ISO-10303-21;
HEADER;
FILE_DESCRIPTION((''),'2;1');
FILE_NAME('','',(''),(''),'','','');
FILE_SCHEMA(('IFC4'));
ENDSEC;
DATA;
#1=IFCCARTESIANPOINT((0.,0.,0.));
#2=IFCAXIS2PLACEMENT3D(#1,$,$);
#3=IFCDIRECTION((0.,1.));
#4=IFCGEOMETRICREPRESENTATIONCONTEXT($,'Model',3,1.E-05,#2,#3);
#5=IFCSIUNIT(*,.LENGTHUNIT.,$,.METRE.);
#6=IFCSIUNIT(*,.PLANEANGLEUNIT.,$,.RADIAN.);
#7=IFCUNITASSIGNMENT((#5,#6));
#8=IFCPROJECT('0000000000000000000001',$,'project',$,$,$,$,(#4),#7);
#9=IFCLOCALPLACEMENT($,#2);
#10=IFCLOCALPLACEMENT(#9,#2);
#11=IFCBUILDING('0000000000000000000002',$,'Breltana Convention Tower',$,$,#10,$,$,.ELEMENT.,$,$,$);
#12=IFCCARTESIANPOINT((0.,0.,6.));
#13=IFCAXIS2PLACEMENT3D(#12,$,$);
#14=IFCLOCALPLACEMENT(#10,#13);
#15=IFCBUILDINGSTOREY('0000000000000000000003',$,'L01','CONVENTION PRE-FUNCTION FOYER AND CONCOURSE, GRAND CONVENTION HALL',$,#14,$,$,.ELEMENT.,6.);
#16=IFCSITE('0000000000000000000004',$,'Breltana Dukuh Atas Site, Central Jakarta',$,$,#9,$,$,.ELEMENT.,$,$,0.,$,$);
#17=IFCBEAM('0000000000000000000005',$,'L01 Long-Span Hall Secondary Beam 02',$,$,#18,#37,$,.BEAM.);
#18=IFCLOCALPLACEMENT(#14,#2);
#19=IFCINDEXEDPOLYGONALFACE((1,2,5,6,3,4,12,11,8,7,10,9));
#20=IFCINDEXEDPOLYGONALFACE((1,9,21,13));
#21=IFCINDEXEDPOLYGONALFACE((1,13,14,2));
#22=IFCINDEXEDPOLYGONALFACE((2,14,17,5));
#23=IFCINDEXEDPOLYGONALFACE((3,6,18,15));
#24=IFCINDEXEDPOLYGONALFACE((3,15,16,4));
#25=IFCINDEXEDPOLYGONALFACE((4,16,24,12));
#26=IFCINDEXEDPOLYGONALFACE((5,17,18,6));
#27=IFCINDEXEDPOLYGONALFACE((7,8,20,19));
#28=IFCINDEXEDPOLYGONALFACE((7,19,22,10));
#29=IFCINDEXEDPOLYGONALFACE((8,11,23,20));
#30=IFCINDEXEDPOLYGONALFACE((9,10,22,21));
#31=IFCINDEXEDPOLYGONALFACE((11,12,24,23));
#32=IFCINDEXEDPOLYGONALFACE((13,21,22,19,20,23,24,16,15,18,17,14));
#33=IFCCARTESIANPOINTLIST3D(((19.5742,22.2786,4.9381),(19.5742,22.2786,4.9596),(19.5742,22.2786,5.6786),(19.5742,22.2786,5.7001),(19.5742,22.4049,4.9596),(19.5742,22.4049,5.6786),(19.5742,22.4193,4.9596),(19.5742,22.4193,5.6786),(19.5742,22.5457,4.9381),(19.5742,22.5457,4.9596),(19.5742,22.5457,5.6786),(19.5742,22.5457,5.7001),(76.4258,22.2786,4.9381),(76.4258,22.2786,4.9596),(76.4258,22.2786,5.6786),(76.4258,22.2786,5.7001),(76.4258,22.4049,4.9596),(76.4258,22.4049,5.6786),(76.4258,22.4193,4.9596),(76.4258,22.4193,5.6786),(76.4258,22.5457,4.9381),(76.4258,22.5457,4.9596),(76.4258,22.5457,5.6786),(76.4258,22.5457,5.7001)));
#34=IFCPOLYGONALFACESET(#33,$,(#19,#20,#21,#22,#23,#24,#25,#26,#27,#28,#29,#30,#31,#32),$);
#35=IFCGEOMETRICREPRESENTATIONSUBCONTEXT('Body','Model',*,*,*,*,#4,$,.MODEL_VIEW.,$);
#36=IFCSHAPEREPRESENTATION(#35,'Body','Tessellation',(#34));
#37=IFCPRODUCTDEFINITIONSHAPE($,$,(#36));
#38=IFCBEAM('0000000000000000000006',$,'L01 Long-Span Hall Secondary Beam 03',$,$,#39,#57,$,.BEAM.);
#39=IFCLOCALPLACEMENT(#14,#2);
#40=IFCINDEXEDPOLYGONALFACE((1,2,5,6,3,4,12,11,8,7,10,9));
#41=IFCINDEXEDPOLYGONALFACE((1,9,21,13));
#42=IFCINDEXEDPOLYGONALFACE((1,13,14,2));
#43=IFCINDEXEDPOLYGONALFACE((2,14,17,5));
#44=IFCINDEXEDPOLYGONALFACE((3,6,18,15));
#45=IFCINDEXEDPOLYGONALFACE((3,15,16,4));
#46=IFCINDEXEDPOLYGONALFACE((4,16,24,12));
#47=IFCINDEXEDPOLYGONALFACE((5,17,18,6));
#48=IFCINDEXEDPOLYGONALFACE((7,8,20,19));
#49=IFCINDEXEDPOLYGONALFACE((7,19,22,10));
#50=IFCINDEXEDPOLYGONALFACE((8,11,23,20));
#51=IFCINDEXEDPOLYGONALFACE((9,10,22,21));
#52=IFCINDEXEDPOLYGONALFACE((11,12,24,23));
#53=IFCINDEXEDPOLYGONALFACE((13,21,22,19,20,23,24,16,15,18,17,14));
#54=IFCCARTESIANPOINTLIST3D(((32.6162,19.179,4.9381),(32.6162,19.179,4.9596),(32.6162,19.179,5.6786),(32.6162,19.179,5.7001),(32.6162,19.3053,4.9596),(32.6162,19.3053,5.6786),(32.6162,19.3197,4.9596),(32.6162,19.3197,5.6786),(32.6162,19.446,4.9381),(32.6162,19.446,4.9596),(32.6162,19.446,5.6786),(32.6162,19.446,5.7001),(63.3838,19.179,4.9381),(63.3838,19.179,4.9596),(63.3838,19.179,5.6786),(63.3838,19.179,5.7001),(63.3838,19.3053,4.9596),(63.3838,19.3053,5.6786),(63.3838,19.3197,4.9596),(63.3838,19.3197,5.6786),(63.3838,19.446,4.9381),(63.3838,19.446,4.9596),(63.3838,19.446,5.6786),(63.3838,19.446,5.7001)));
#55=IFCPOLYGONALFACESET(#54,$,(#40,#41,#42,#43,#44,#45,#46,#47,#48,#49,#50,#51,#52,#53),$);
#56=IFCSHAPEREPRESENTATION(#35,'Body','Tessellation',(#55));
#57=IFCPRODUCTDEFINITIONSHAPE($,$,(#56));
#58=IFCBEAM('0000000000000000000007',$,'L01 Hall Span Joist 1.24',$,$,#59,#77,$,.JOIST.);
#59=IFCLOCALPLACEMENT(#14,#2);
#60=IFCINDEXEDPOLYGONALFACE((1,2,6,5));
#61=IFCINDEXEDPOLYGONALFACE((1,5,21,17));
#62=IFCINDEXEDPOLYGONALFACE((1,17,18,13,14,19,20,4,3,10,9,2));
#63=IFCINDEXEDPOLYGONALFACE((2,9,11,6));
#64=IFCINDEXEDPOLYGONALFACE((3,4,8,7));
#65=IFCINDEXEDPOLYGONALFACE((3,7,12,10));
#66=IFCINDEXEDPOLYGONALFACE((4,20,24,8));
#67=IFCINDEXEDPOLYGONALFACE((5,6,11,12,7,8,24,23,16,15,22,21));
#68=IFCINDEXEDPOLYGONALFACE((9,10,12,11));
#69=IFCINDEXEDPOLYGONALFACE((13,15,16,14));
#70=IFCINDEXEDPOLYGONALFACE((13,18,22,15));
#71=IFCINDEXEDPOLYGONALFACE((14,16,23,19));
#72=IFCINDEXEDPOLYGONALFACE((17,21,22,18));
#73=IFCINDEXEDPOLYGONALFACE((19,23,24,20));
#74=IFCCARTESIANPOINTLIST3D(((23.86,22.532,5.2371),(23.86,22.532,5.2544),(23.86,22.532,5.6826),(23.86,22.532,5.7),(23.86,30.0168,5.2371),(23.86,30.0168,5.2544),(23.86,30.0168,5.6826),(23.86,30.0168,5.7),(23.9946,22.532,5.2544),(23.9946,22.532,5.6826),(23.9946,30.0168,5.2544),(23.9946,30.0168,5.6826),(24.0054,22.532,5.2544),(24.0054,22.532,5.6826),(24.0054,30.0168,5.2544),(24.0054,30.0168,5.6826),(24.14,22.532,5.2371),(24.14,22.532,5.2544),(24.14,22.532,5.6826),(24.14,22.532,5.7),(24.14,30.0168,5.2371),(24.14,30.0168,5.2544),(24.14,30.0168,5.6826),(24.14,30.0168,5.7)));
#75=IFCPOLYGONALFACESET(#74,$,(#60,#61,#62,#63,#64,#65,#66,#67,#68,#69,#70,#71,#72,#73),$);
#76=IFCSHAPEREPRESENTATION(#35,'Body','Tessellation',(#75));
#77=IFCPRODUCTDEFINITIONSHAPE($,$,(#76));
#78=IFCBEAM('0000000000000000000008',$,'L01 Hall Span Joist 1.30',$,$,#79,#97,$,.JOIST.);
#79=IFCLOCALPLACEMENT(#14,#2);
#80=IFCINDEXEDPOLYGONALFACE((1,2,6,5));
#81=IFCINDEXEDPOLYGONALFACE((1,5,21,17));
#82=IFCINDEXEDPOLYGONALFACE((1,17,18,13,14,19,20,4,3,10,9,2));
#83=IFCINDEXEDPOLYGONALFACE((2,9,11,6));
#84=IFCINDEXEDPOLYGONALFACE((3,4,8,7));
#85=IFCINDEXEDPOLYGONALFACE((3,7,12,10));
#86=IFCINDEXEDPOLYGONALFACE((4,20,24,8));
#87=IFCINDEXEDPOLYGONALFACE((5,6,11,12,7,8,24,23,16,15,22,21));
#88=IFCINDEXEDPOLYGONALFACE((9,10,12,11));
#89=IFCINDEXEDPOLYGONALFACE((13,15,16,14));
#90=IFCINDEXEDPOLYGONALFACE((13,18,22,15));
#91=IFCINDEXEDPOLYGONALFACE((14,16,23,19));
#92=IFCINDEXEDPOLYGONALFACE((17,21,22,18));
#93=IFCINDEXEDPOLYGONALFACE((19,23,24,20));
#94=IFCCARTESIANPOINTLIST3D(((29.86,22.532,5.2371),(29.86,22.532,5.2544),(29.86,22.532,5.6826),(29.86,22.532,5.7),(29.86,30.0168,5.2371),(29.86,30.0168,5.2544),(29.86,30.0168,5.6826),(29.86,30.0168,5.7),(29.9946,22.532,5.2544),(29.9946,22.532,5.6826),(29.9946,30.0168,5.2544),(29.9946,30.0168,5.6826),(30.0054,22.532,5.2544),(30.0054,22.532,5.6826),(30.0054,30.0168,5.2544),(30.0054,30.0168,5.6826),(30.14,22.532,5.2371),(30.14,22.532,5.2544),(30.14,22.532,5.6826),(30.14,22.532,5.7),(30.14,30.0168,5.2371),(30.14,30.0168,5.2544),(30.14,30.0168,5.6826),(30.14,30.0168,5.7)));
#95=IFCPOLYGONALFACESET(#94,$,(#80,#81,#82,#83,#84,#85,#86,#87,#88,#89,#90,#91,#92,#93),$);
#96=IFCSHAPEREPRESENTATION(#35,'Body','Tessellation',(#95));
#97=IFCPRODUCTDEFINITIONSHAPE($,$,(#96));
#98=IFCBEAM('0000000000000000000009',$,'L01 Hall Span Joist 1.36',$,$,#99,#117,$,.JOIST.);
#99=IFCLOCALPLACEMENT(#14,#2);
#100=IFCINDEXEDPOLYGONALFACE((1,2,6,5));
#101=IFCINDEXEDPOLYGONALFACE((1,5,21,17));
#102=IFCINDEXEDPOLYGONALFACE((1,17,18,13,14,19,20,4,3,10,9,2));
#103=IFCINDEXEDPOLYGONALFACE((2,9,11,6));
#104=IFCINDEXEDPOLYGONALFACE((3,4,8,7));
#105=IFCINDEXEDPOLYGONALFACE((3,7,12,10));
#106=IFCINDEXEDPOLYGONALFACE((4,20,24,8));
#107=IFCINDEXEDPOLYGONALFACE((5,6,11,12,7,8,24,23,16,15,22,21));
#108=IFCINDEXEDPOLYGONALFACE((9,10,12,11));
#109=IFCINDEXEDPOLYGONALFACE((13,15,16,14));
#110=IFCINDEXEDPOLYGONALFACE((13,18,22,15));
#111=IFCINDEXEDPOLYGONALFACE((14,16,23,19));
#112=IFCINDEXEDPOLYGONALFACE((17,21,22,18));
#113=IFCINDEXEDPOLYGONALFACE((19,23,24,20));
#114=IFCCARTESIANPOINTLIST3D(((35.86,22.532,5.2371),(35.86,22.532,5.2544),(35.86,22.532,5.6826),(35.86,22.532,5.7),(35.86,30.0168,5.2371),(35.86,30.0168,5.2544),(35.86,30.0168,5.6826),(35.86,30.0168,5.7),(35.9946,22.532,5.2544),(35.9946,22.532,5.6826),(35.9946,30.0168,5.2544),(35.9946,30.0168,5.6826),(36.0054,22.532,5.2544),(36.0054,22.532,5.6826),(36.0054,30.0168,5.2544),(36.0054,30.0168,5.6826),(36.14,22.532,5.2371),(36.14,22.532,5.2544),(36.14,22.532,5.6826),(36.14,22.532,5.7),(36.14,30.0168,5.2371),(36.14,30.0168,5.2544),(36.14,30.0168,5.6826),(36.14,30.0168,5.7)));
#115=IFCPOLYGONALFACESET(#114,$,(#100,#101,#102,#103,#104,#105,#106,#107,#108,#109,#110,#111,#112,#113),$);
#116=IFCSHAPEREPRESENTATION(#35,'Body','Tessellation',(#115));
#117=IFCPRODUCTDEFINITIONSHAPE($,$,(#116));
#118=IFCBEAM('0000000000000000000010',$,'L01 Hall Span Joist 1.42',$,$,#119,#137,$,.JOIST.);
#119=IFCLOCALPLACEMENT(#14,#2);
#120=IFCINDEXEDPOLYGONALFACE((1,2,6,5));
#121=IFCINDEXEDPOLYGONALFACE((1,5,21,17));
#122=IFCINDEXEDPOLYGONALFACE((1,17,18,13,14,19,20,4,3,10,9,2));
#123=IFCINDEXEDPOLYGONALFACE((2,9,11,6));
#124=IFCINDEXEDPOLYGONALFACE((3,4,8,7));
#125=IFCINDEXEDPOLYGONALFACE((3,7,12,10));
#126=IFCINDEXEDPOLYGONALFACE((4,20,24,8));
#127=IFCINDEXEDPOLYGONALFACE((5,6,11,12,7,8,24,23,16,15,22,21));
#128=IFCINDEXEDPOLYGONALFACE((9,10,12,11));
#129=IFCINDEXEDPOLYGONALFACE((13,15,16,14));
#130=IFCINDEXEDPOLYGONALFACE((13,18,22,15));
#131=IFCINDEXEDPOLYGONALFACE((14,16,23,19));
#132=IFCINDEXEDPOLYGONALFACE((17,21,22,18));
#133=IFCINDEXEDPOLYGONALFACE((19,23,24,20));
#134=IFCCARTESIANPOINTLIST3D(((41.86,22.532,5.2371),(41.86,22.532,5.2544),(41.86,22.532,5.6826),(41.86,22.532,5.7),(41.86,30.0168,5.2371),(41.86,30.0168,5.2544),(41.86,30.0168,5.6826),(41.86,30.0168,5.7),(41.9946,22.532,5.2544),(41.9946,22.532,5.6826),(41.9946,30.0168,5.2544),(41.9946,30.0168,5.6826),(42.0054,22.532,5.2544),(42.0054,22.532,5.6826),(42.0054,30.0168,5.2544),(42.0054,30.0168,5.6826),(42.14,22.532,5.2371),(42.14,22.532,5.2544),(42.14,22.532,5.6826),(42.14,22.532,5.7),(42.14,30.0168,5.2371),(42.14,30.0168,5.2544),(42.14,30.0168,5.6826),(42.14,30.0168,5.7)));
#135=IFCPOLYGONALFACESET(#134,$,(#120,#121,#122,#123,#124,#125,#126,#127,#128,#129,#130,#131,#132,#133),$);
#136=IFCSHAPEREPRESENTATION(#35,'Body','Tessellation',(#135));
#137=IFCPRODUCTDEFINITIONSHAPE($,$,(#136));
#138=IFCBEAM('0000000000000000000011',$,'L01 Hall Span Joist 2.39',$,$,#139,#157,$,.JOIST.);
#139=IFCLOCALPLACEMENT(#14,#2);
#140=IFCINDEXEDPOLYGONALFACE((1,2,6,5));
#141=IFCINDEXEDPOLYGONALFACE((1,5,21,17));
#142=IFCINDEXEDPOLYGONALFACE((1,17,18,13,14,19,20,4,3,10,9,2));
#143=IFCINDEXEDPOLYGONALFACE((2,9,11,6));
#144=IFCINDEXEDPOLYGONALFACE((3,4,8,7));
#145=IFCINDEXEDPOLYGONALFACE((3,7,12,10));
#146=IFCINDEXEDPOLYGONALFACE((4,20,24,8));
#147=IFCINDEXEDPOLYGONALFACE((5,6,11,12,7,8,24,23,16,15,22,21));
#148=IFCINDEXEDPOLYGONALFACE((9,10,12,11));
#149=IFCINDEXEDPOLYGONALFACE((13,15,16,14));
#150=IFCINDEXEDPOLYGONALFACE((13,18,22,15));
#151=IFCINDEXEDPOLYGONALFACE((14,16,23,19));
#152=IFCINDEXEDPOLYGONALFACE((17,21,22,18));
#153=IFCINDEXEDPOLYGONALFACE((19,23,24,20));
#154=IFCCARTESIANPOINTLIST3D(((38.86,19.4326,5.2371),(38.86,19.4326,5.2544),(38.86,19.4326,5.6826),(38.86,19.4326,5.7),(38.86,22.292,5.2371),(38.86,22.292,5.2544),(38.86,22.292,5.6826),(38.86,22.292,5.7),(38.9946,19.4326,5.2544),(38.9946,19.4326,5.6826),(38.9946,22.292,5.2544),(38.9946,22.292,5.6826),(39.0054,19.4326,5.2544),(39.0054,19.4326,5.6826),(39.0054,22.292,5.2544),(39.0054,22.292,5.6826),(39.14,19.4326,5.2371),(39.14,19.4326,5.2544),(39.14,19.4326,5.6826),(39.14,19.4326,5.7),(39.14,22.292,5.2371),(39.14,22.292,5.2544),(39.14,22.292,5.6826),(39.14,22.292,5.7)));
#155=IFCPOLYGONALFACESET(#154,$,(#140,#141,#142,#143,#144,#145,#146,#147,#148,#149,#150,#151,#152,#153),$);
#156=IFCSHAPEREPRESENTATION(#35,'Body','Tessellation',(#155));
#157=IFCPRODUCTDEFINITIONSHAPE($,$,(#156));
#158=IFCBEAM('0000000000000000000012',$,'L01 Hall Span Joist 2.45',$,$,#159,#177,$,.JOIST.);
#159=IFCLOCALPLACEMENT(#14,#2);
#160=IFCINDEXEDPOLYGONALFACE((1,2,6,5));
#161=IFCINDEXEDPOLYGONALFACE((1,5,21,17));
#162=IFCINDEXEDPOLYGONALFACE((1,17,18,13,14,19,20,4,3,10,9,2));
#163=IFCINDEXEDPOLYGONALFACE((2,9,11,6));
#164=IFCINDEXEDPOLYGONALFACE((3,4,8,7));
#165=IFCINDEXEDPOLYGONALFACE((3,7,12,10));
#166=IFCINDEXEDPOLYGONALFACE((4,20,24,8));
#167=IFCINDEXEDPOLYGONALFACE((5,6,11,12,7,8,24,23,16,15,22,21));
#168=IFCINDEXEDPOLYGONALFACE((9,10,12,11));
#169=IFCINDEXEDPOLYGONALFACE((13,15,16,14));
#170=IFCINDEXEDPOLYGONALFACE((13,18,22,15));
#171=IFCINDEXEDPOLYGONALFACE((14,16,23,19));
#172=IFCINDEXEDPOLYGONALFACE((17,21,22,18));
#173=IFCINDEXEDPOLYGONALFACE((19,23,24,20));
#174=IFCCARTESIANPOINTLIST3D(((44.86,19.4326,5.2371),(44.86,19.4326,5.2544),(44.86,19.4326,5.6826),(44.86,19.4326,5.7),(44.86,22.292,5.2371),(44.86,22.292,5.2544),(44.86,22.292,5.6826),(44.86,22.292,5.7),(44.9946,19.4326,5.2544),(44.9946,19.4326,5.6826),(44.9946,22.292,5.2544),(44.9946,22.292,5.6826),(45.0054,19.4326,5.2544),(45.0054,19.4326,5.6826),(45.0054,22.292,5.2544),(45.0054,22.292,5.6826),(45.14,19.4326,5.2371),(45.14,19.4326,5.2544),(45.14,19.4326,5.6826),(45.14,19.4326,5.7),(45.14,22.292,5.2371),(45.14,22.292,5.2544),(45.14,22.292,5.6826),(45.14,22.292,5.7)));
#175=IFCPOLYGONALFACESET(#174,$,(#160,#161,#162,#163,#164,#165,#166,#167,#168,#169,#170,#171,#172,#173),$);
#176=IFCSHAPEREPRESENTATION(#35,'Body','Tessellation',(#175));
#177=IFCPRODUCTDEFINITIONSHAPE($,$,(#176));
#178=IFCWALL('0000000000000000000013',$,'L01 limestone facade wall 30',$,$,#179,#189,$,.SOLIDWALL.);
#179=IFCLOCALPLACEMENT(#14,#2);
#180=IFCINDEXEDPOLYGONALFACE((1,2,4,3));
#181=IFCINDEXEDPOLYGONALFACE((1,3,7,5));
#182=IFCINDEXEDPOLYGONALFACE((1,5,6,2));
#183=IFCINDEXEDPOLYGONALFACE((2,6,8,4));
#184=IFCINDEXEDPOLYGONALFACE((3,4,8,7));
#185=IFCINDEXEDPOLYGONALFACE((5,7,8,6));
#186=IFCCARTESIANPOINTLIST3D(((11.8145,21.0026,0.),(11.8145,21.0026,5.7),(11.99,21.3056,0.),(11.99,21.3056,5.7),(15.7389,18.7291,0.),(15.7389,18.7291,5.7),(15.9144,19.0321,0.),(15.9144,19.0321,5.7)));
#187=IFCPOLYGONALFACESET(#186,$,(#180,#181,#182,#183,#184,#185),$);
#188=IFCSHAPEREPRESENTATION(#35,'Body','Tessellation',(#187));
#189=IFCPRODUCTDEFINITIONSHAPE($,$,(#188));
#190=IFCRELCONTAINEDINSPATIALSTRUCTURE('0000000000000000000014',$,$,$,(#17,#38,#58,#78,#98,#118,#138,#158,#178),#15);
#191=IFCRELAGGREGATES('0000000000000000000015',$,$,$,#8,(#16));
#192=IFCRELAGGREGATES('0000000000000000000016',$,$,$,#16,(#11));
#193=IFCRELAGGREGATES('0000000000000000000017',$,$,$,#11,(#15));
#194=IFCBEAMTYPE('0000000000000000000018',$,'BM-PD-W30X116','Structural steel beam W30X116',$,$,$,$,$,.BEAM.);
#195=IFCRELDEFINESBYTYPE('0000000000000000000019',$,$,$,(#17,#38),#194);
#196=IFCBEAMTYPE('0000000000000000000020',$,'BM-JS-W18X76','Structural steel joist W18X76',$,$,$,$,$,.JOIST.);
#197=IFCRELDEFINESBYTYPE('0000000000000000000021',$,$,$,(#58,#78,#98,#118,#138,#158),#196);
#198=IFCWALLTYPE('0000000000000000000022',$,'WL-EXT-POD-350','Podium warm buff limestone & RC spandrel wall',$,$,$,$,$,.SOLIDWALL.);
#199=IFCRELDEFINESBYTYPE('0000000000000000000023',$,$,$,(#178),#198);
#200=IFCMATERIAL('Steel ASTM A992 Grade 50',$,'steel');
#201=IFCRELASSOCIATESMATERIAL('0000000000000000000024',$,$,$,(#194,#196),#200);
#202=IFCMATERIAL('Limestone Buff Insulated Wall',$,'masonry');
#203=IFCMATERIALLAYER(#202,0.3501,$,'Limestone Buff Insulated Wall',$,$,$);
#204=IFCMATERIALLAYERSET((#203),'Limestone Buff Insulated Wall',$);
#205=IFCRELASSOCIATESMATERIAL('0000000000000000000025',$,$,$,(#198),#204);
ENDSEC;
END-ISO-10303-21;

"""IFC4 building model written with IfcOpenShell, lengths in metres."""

from ifc_helpers import new_model, si_unit, direction, frame, frame_2d, origin, origin_2d, place, context, subcontext, project, spatial, rectangle, i_section, extrude, source, transform, mapped, material, layer, layer_set, material_profile, profile_set, type_object, type_shapes, element, save


model = new_model("IFC4")

# Units and contexts
model_context = context("Model", 3, precision=1e-05, world=origin(), true_north=direction((0.0, 1.0)))
body_context = subcontext(model_context, "Body", "Model", "MODEL_VIEW")
ifc_project = project(units=[si_unit("LENGTHUNIT", "METRE"), si_unit("PLANEANGLEUNIT", "RADIAN")], contexts=[model_context])

# Site, building, storey
site_placement = place(None, origin())
site = spatial("IfcSite", under=ifc_project, at=site_placement, Name="Breltana Dukuh Atas Site, Central Jakarta", CompositionType="ELEMENT", RefElevation=0.0)
building_placement = place(site_placement, origin())
building = spatial("IfcBuilding", under=site, at=building_placement, Name="Breltana Convention Tower", CompositionType="ELEMENT")
storey_placement = place(building_placement, frame((0.0, 0.0, 6.0)))
storey = spatial("IfcBuildingStorey", under=building, at=storey_placement, Name="L01", Description="CONVENTION PRE-FUNCTION FOYER AND CONCOURSE, GRAND CONVENTION HALL", CompositionType="ELEMENT", Elevation=6.0)

# Beams
ifc_material_1 = material(Name="Steel ASTM A992 Grade 50", Category="steel")
ifc_material_profile_1 = material_profile(ifc_material_1, i_section(OverallWidth=0.2671, OverallDepth=0.762, WebThickness=0.0144, FlangeThickness=0.0215, at=origin_2d()), Name="W30X116")
ifc_profile_set_1 = profile_set([ifc_material_profile_1], Name="Steel ASTM A992 Grade 50")
beam_type_1 = type_object("IfcBeamType", Name="BM-PD-W30X116", Description="Structural steel beam W30X116", PredefinedType="BEAM", material=ifc_profile_set_1)
shared_shape_1 = source(origin(), body_context, "Body", "SweptSolid", [
    extrude(i_section(OverallWidth=0.2671, OverallDepth=0.762, WebThickness=0.0144, FlangeThickness=0.0215, at=origin_2d()), origin(), (0.0, 0.0, 1.0), 56.8516),
])
beam_1_placement = place(storey_placement, frame((19.5742, 22.4121, 5.3191), z_axis=(1.0, 0.0, 0.0), x_axis=(0.0, 1.0, 0.0)))
element("IfcBeam", 1, at=beam_1_placement, inside=storey, type_object=beam_type_1, Name="L01 Long-Span Hall Secondary Beam 02", PredefinedType="BEAM", context=body_context, shape_type="MappedRepresentation", body=[
    mapped(shared_shape_1, transform((0.0, 0.0, 0.0), scale=1.0)),
])
shared_shape_2 = source(origin(), body_context, "Body", "SweptSolid", [
    extrude(i_section(OverallWidth=0.2671, OverallDepth=0.762, WebThickness=0.0144, FlangeThickness=0.0215, at=origin_2d()), origin(), (0.0, 0.0, 1.0), 30.7676),
])
beam_2_placement = place(storey_placement, frame((32.6162, 19.3125, 5.3191), z_axis=(1.0, 0.0, 0.0), x_axis=(0.0, 1.0, 0.0)))
element("IfcBeam", 2, at=beam_2_placement, inside=storey, type_object=beam_type_1, Name="L01 Long-Span Hall Secondary Beam 03", PredefinedType="BEAM", context=body_context, shape_type="MappedRepresentation", body=[
    mapped(shared_shape_2, transform((0.0, 0.0, 0.0), scale=1.0)),
])
ifc_material_profile_2 = material_profile(ifc_material_1, i_section(OverallWidth=0.28, OverallDepth=0.4629, WebThickness=0.0107, FlangeThickness=0.0173, at=origin_2d()), Name="W18X76")
ifc_profile_set_2 = profile_set([ifc_material_profile_2], Name="Steel ASTM A992 Grade 50")
beam_type_2 = type_object("IfcBeamType", Name="BM-JS-W18X76", Description="Structural steel joist W18X76", PredefinedType="JOIST", material=ifc_profile_set_2)
shared_shape_3 = source(origin(), body_context, "Body", "SweptSolid", [
    extrude(i_section(OverallWidth=0.28, OverallDepth=0.4629, WebThickness=0.0107, FlangeThickness=0.0173, at=origin_2d()), origin(), (0.0, 0.0, 1.0), 7.4849),
])
type_shapes(beam_type_2, [shared_shape_3])
for number, where, z_axis, x_axis, name in (
    (3, (24.0, 22.532, 5.4685), (0.0, 1.0, 0.0), (-1.0, 0.0, 0.0), "L01 Hall Span Joist 1.24"),
    (4, (30.0, 22.532, 5.4685), (0.0, 1.0, 0.0), (-1.0, 0.0, 0.0), "L01 Hall Span Joist 1.30"),
    (5, (36.0, 22.532, 5.4685), (0.0, 1.0, 0.0), (-1.0, 0.0, 0.0), "L01 Hall Span Joist 1.36"),
    (6, (42.0, 22.532, 5.4685), (0.0, 1.0, 0.0), (-1.0, 0.0, 0.0), "L01 Hall Span Joist 1.42"),
):
    element("IfcBeam", number, at=place(storey_placement, frame(where, z_axis=z_axis, x_axis=x_axis)), inside=storey, type_object=beam_type_2, Name=name, PredefinedType="JOIST", context=body_context, shape_type="MappedRepresentation", body=[
        mapped(shared_shape_3, transform((0.0, 0.0, 0.0), scale=1.0)),
    ])
shared_shape_4 = source(origin(), body_context, "Body", "SweptSolid", [
    extrude(i_section(OverallWidth=0.28, OverallDepth=0.4629, WebThickness=0.0107, FlangeThickness=0.0173, at=origin_2d()), origin(), (0.0, 0.0, 1.0), 2.8594),
])
for number, where, z_axis, x_axis, name in (
    (7, (39.0, 19.4326, 5.4685), (0.0, 1.0, 0.0), (-1.0, 0.0, 0.0), "L01 Hall Span Joist 2.39"),
    (8, (45.0, 19.4326, 5.4685), (0.0, 1.0, 0.0), (-1.0, 0.0, 0.0), "L01 Hall Span Joist 2.45"),
):
    element("IfcBeam", number, at=place(storey_placement, frame(where, z_axis=z_axis, x_axis=x_axis)), inside=storey, type_object=beam_type_2, Name=name, PredefinedType="JOIST", context=body_context, shape_type="MappedRepresentation", body=[
        mapped(shared_shape_4, transform((0.0, 0.0, 0.0), scale=1.0)),
    ])

# Wall
ifc_material_2 = material(Name="Limestone Buff Insulated Wall", Category="masonry")
ifc_layer_1 = layer(ifc_material_2, 0.3501, Name="Limestone Buff Insulated Wall")
ifc_layer_set_1 = layer_set([ifc_layer_1], Name="Limestone Buff Insulated Wall")
wall_type_1 = type_object("IfcWallType", Name="WL-EXT-POD-350", Description="Podium warm buff limestone & RC spandrel wall", PredefinedType="SOLIDWALL", material=ifc_layer_set_1)
shared_shape_5 = source(origin(), body_context, "Body", "SweptSolid", [
    extrude(rectangle(XDim=4.5354, YDim=0.3501, at=frame_2d((2.2676, 0.0))), origin(), (0.0, 0.0, 1.0), 5.7),
])
wall_1_placement = place(storey_placement, frame((11.9023, 21.1541, 0.0), z_axis=(0.0, 0.0, 1.0), x_axis=(0.865286, -0.501278, 0.0)))
element("IfcWall", 9, at=wall_1_placement, inside=storey, type_object=wall_type_1, Name="L01 limestone facade wall 30", PredefinedType="SOLIDWALL", context=body_context, shape_type="MappedRepresentation", body=[
    mapped(shared_shape_5, transform((0.0, 0.0, 0.0), scale=1.0)),
])

save(model, "model.ifc")
